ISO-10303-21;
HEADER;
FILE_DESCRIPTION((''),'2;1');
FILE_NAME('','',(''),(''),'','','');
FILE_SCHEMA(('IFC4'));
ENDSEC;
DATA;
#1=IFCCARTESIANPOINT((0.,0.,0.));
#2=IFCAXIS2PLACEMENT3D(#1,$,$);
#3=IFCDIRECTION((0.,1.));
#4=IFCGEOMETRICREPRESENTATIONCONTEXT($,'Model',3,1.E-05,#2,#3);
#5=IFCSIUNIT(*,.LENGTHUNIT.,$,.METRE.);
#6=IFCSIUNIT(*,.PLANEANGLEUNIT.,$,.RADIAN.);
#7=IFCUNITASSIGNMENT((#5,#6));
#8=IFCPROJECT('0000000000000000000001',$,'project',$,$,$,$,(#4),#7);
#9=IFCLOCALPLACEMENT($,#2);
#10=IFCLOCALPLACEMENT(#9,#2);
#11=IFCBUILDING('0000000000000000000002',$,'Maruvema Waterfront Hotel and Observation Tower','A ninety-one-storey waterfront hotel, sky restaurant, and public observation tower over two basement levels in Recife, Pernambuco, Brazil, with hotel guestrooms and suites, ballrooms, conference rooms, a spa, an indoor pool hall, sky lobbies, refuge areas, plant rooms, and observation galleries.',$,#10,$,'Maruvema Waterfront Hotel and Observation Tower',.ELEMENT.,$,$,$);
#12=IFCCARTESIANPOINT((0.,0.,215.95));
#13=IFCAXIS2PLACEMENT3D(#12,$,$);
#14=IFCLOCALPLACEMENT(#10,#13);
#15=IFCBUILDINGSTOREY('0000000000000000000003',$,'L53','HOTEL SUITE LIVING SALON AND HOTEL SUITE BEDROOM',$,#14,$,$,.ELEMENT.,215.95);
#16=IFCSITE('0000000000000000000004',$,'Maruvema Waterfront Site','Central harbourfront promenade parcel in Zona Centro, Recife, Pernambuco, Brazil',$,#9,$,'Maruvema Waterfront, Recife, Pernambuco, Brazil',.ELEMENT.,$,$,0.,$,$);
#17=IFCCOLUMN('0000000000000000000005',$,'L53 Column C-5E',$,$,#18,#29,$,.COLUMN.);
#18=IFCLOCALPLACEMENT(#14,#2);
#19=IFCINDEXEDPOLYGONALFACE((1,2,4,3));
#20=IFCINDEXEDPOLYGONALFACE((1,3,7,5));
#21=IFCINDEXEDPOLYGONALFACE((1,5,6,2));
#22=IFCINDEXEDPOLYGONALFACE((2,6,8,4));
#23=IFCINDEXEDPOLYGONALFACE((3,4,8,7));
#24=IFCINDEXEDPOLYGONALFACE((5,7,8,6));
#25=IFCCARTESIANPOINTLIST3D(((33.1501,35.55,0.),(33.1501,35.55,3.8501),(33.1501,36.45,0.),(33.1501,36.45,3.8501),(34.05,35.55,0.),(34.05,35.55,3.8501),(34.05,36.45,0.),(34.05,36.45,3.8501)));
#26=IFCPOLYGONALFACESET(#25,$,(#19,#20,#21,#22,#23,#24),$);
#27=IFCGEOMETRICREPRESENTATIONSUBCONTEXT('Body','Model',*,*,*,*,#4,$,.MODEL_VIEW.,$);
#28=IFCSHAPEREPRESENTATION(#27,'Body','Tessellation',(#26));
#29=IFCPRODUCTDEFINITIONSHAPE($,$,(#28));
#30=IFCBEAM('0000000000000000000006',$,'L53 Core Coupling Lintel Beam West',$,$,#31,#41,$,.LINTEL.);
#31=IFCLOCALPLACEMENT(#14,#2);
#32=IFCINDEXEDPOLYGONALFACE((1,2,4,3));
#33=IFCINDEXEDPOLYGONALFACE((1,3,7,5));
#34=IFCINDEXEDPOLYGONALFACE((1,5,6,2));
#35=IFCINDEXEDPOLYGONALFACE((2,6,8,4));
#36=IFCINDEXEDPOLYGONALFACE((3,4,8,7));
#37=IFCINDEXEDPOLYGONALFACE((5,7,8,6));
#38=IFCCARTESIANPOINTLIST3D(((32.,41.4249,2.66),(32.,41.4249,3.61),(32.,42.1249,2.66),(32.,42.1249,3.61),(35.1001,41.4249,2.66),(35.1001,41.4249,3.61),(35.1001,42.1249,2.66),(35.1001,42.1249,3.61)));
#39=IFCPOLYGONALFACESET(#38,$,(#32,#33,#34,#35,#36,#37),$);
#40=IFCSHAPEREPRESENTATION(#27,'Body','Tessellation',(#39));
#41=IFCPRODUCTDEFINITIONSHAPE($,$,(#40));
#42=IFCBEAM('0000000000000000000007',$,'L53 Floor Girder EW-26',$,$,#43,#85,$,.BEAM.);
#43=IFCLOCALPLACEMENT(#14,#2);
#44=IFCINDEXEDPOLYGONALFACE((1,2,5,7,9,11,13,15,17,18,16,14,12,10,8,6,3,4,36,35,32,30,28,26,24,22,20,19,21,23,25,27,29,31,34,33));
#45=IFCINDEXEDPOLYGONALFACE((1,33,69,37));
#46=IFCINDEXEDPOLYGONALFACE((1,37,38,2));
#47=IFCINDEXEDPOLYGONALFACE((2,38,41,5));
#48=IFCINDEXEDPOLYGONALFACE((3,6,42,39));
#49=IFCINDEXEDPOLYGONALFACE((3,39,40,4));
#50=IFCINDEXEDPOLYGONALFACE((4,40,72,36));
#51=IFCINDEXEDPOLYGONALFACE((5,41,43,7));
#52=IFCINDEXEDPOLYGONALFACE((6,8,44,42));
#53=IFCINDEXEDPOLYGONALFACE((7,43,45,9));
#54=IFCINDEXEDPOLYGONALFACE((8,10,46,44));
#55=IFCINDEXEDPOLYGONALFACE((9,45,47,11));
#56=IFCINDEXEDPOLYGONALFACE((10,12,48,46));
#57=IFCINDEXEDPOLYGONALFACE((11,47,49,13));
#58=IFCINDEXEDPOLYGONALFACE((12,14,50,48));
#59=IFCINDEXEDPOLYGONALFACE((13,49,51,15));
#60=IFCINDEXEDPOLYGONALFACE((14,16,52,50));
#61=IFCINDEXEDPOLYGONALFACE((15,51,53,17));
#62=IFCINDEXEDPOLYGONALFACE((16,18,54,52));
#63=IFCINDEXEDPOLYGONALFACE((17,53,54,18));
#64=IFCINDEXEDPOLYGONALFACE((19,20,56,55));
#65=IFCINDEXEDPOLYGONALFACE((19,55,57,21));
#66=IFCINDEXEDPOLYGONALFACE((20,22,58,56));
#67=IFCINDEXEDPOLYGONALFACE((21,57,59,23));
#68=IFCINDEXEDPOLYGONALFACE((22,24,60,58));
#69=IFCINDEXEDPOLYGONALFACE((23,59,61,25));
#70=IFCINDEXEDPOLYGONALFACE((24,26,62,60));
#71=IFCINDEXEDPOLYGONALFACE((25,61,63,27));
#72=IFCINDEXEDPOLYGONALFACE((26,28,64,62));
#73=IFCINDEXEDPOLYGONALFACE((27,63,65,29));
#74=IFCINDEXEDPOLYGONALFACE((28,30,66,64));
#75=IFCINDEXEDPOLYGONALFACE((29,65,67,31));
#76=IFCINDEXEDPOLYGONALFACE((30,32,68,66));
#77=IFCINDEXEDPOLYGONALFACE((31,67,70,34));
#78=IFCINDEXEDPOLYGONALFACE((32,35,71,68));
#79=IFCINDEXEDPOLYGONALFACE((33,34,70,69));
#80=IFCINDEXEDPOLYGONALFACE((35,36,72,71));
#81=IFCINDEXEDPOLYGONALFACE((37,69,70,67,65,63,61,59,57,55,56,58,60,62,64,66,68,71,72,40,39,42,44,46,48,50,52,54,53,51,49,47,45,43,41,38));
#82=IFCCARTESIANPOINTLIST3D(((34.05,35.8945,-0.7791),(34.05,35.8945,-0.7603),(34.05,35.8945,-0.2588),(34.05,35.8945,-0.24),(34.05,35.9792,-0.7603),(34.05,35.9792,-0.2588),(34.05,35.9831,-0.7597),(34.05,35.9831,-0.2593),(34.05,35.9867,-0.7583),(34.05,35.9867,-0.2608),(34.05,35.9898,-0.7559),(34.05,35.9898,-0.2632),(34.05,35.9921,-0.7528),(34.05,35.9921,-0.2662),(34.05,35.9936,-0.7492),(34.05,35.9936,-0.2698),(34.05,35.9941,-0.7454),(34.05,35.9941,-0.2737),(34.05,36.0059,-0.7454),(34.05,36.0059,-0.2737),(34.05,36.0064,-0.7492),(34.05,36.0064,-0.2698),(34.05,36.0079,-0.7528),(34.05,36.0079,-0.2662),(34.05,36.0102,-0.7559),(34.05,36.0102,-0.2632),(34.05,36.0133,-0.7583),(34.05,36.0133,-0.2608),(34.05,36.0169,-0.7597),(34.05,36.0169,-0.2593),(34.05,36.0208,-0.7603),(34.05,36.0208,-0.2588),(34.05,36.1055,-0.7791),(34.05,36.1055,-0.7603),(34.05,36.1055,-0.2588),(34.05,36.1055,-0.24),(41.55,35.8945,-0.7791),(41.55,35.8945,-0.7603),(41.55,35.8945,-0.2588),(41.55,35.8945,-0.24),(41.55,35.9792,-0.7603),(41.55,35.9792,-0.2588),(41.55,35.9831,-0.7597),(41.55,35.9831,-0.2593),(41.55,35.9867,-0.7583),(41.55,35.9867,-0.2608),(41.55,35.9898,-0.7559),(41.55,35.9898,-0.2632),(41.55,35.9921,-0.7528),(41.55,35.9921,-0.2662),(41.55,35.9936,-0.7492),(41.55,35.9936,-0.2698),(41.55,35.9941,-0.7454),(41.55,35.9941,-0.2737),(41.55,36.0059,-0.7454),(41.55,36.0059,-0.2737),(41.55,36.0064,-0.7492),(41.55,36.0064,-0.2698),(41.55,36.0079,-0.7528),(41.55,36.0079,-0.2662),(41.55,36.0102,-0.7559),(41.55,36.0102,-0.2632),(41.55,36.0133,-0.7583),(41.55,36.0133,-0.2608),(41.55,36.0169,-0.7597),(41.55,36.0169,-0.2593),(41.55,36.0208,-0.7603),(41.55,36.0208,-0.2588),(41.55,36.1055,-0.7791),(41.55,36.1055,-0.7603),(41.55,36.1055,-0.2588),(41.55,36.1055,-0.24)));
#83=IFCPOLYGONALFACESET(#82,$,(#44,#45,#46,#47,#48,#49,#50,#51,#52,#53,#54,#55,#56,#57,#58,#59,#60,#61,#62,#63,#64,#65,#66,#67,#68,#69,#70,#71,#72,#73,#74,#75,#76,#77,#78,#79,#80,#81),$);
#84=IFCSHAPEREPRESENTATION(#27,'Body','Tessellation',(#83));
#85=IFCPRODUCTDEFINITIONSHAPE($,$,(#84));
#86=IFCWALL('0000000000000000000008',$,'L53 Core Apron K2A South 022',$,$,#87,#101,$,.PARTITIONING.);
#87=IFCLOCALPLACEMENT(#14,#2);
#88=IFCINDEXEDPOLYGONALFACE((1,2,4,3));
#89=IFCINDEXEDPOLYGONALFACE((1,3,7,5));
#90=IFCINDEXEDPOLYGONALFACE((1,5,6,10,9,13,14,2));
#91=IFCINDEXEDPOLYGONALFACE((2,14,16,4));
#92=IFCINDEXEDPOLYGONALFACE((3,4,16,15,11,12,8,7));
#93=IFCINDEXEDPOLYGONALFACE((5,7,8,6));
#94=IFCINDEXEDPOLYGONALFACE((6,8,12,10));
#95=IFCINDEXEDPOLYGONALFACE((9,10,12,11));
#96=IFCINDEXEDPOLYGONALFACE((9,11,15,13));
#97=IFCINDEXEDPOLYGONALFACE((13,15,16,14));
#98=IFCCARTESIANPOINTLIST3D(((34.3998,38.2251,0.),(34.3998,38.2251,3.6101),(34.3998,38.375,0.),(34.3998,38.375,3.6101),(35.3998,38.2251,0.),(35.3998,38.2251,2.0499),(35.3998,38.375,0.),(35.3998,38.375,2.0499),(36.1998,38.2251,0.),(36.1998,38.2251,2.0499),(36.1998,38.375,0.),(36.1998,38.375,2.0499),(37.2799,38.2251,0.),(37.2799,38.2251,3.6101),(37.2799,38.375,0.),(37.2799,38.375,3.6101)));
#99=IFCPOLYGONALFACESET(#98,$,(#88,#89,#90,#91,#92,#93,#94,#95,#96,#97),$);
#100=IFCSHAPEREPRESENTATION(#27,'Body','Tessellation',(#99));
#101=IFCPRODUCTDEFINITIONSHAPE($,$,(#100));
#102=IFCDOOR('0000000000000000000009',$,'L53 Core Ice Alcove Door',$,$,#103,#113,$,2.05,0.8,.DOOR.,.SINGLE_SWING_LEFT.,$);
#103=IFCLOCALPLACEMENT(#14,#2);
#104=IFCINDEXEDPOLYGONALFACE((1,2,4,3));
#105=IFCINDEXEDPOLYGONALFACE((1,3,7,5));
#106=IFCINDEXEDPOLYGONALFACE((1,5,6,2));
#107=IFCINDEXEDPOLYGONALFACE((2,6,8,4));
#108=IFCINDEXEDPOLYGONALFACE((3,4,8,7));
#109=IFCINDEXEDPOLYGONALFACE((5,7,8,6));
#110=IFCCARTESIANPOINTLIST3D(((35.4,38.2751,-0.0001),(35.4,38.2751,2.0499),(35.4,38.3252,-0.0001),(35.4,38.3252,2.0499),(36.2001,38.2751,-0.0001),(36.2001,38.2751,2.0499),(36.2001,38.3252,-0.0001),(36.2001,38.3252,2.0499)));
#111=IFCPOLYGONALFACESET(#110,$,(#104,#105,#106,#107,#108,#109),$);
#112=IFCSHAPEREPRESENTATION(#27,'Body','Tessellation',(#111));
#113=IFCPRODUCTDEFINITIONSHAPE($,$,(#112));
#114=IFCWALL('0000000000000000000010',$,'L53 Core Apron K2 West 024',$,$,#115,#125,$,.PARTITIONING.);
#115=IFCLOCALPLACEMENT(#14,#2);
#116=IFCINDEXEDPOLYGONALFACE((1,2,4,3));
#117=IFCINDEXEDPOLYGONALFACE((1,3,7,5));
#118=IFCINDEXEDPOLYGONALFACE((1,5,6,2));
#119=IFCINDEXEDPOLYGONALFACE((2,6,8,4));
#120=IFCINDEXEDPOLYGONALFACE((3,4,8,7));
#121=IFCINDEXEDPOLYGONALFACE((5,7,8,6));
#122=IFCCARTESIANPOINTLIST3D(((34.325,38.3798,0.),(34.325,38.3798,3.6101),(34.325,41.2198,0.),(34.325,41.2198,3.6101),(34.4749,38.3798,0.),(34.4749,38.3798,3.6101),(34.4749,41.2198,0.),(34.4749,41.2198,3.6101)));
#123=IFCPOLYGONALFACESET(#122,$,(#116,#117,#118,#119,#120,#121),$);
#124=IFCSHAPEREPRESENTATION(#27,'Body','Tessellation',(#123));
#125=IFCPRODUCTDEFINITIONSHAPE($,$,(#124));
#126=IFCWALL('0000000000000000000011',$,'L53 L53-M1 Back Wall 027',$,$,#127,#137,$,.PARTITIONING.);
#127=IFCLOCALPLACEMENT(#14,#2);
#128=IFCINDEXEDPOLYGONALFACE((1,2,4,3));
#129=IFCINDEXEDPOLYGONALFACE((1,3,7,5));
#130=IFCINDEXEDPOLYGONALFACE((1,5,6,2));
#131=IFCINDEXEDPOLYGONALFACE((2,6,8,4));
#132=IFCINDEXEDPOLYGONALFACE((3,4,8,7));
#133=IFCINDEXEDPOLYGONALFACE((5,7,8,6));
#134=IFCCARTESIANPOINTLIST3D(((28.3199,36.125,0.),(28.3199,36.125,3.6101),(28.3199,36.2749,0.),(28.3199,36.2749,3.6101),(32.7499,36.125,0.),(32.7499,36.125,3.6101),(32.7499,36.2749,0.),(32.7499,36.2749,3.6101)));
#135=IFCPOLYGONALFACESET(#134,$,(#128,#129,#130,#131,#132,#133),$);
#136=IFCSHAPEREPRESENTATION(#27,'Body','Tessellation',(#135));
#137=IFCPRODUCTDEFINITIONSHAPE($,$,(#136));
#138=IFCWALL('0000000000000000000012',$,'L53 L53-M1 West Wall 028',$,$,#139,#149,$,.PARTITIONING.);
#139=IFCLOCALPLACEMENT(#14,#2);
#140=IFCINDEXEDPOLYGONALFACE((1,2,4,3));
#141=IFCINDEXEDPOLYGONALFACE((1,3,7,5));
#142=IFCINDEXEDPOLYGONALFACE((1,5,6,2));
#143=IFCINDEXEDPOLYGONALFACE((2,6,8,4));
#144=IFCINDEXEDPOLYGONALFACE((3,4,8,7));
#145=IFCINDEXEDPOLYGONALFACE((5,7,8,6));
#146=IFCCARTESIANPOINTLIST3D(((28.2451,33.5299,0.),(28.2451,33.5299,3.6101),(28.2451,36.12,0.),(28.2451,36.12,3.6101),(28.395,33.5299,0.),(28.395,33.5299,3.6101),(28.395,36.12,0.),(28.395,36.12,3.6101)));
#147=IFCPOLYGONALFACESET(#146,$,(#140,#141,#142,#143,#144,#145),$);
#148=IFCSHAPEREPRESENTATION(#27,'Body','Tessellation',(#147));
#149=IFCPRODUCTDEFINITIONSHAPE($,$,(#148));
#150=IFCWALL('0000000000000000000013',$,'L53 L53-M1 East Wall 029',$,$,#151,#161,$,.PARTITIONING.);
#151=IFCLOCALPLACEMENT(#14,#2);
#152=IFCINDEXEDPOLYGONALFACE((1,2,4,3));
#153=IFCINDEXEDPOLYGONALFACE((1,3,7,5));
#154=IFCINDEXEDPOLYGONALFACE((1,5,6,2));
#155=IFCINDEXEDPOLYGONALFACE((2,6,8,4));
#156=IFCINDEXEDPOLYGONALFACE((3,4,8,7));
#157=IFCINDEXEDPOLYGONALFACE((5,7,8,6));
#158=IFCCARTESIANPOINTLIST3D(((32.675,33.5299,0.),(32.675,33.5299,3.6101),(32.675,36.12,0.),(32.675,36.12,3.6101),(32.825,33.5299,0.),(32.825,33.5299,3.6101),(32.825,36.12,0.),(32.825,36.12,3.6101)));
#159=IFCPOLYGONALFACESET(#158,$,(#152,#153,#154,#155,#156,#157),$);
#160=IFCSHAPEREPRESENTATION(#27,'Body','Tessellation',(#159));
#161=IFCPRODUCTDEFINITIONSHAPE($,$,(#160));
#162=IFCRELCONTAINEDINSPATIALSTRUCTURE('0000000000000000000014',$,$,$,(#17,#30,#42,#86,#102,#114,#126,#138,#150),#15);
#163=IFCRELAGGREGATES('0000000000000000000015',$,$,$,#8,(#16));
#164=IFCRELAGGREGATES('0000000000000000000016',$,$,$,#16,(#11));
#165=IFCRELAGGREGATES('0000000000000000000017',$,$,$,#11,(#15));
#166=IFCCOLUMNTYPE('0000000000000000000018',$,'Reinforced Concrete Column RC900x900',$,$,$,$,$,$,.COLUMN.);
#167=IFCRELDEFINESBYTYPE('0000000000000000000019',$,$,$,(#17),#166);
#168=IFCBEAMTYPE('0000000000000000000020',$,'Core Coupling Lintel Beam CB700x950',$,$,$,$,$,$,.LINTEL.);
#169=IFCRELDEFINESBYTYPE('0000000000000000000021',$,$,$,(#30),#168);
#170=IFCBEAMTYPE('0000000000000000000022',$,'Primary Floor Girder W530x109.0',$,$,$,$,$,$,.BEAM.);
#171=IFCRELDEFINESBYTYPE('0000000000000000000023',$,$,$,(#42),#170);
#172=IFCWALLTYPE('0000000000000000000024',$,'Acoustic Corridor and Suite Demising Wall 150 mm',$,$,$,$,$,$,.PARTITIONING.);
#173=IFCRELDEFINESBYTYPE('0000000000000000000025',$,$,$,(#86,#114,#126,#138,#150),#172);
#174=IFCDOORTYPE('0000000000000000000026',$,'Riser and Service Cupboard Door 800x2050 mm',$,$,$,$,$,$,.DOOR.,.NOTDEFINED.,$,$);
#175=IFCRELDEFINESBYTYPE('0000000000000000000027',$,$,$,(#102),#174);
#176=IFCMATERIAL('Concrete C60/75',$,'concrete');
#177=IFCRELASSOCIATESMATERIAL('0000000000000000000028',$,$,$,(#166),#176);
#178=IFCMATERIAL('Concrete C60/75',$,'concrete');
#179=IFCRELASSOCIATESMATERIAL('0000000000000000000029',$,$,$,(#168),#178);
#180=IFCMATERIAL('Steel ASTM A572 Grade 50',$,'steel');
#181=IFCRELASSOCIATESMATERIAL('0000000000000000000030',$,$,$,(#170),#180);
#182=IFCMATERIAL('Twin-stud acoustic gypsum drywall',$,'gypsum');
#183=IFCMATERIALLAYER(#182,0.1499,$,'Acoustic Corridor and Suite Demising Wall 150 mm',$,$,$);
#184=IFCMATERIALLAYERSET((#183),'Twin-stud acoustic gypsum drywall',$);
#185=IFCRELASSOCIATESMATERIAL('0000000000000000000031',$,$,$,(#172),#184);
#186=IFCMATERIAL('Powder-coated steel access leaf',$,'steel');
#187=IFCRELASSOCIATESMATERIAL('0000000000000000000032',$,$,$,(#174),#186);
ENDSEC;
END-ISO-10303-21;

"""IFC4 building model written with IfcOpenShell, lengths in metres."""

from ifc_helpers import new_model, si_unit, direction, frame, frame_2d, origin, origin_2d, place, context, subcontext, project, spatial, rectangle, i_section, extrude, material, layer, layer_set, material_profile, profile_set, type_object, element, fill, save


model = new_model("IFC4")

# Units and contexts
model_context = context("Model", 3, precision=1e-05, world=origin(), true_north=direction((0.0, 1.0)))
body_context = subcontext(model_context, "Body", "Model", "MODEL_VIEW")
ifc_project = project(units=[si_unit("LENGTHUNIT", "METRE"), si_unit("PLANEANGLEUNIT", "RADIAN")], contexts=[model_context])

# Site, building, storey
site_placement = place(None, origin())
site = spatial("IfcSite", under=ifc_project, at=site_placement, Name="Maruvema Waterfront Site", Description="Central harbourfront promenade parcel in Zona Centro, Recife, Pernambuco, Brazil", LongName="Maruvema Waterfront, Recife, Pernambuco, Brazil", CompositionType="ELEMENT", RefElevation=0.0)
building_placement = place(site_placement, origin())
building = spatial("IfcBuilding", under=site, at=building_placement, Name="Maruvema Waterfront Hotel and Observation Tower", Description="A ninety-one-storey waterfront hotel, sky restaurant, and public observation tower over two basement levels in Recife, Pernambuco, Brazil, with hotel guestrooms and suites, ballrooms, conference rooms, a spa, an indoor pool hall, sky lobbies, refuge areas, plant rooms, and observation galleries.", LongName="Maruvema Waterfront Hotel and Observation Tower", CompositionType="ELEMENT")
storey_placement = place(building_placement, frame((0.0, 0.0, 215.95)))
storey = spatial("IfcBuildingStorey", under=building, at=storey_placement, Name="L53", Description="HOTEL SUITE LIVING SALON AND HOTEL SUITE BEDROOM", CompositionType="ELEMENT", Elevation=215.95)

# Column
ifc_material_1 = material(Name="Concrete C60/75", Category="concrete")
ifc_material_profile_1 = material_profile(ifc_material_1, rectangle(XDim=0.8999, YDim=0.8999, at=origin_2d()), Name="RC900x900")
ifc_profile_set_1 = profile_set([ifc_material_profile_1], Name="Concrete C60/75")
column_type = type_object("IfcColumnType", Name="Reinforced Concrete Column RC900x900", PredefinedType="COLUMN", material=ifc_profile_set_1)
column_placement = place(storey_placement, frame((33.6001, 36.0, 0.0), z_axis=(0.0, 0.0, 1.0), x_axis=(1.0, 0.0, 0.0)))
element("IfcColumn", 1, at=column_placement, inside=storey, type_object=column_type, Name="L53 Column C-5E", PredefinedType="COLUMN", context=body_context, shape_type="SweptSolid", body=[
    extrude(rectangle(XDim=0.8999, YDim=0.8999, at=origin_2d()), origin(), (0.0, 0.0, 1.0), 3.8501),
])

# Beams
ifc_material_2 = material(Name="Concrete C60/75", Category="concrete")
ifc_material_profile_2 = material_profile(ifc_material_2, rectangle(XDim=0.7, YDim=0.95, at=origin_2d()), Name="CB700x950")
ifc_profile_set_2 = profile_set([ifc_material_profile_2], Name="Concrete C60/75")
beam_type_1 = type_object("IfcBeamType", Name="Core Coupling Lintel Beam CB700x950", PredefinedType="LINTEL", material=ifc_profile_set_2)
beam_1_placement = place(storey_placement, frame((32.0, 41.7749, 3.135), z_axis=(1.0, 0.0, 0.0), x_axis=(0.0, 1.0, 0.0)))
element("IfcBeam", 2, at=beam_1_placement, inside=storey, type_object=beam_type_1, Name="L53 Core Coupling Lintel Beam West", PredefinedType="LINTEL", context=body_context, shape_type="SweptSolid", body=[
    extrude(rectangle(XDim=0.7, YDim=0.95, at=origin_2d()), origin(), (0.0, 0.0, 1.0), 3.1001),
])
ifc_material_3 = material(Name="Steel ASTM A572 Grade 50", Category="steel")
ifc_material_profile_3 = material_profile(ifc_material_3, i_section(OverallWidth=0.2109, OverallDepth=0.5391, WebThickness=0.0117, FlangeThickness=0.0188, FilletRadius=0.0149, at=origin_2d()), Name="W530x109.0")
ifc_profile_set_3 = profile_set([ifc_material_profile_3], Name="Steel ASTM A572 Grade 50")
beam_type_2 = type_object("IfcBeamType", Name="Primary Floor Girder W530x109.0", PredefinedType="BEAM", material=ifc_profile_set_3)
beam_2_placement = place(storey_placement, frame((34.05, 36.0, -0.5095), z_axis=(1.0, 0.0, 0.0), x_axis=(0.0, 1.0, 0.0)))
element("IfcBeam", 3, at=beam_2_placement, inside=storey, type_object=beam_type_2, Name="L53 Floor Girder EW-26", PredefinedType="BEAM", context=body_context, shape_type="SweptSolid", body=[
    extrude(i_section(OverallWidth=0.2109, OverallDepth=0.5391, WebThickness=0.0117, FlangeThickness=0.0188, FilletRadius=0.0149, at=origin_2d()), origin(), (0.0, 0.0, 1.0), 7.5),
])

# Wall, opening, door
ifc_material_4 = material(Name="Twin-stud acoustic gypsum drywall", Category="gypsum")
ifc_layer_1 = layer(ifc_material_4, 0.1499, Name="Acoustic Corridor and Suite Demising Wall 150 mm")
ifc_layer_set_1 = layer_set([ifc_layer_1], Name="Twin-stud acoustic gypsum drywall")
wall_type_1 = type_object("IfcWallType", Name="Acoustic Corridor and Suite Demising Wall 150 mm", PredefinedType="PARTITIONING", material=ifc_layer_set_1)
wall_1_placement = place(storey_placement, frame((34.3999, 38.3, 0.0), z_axis=(0.0, 0.0, 1.0), x_axis=(1.0, 0.0, 0.0)))
wall_1 = element("IfcWall", 4, at=wall_1_placement, inside=storey, type_object=wall_type_1, Name="L53 Core Apron K2A South 022", PredefinedType="PARTITIONING", context=body_context, shape_type="SweptSolid", body=[
    extrude(rectangle(XDim=2.8801, YDim=0.1499, at=frame_2d((1.4399, 0.0))), origin(), (0.0, 0.0, 1.0), 3.6101),
])
opening_1_placement = place(wall_1_placement, frame((1.0, 0.0, 0.0)))
opening_1 = element("IfcOpeningElement", 5, at=opening_1_placement, cuts=wall_1, PredefinedType="OPENING", context=body_context, shape_type="SweptSolid", body=[
    extrude(rectangle(XDim=0.8, YDim=2.05, at=frame_2d((0.3999, 1.0249))), frame((0.0, 0.085, 0.0), z_axis=(0.0, -1.0, 0.0), x_axis=(1.0, 0.0, 0.0)), (0.0, 0.0, 1.0), 0.1699),
])
ifc_material_5 = material(Name="Powder-coated steel access leaf", Category="steel")
door_type_1 = type_object("IfcDoorType", Name="Riser and Service Cupboard Door 800x2050 mm", OperationType="NOTDEFINED", PredefinedType="DOOR", material=ifc_material_5)
door_1_placement = place(opening_1_placement, frame((0.8, 0.0, 0.0), z_axis=(0.0, 0.0, 1.0), x_axis=(-1.0, 0.0, 0.0)))
door_1 = element("IfcDoor", 6, at=door_1_placement, inside=storey, type_object=door_type_1, Name="L53 Core Ice Alcove Door", OperationType="SINGLE_SWING_LEFT", OverallHeight=2.05, OverallWidth=0.8, PredefinedType="DOOR", context=body_context, shape_type="SweptSolid", body=[
    extrude(rectangle(XDim=0.8, YDim=2.05, at=frame_2d((0.3999, 1.0249))), frame((0.0, 0.0249, 0.0), z_axis=(0.0, -1.0, 0.0), x_axis=(1.0, 0.0, 0.0)), (0.0, 0.0, 1.0), 0.05),
])
fill(opening_1, door_1)

# Walls
wall_2_placement = place(storey_placement, frame((34.3999, 38.3799, 0.0), z_axis=(0.0, 0.0, 1.0), x_axis=(0.0, 1.0, 0.0)))
element("IfcWall", 7, at=wall_2_placement, inside=storey, type_object=wall_type_1, Name="L53 Core Apron K2 West 024", PredefinedType="PARTITIONING", context=body_context, shape_type="SweptSolid", body=[
    extrude(rectangle(XDim=2.8401, YDim=0.1499, at=frame_2d((1.4199, 0.0))), origin(), (0.0, 0.0, 1.0), 3.6101),
])
wall_3_placement = place(storey_placement, frame((28.3201, 36.2, 0.0), z_axis=(0.0, 0.0, 1.0), x_axis=(1.0, 0.0, 0.0)))
element("IfcWall", 8, at=wall_3_placement, inside=storey, type_object=wall_type_1, Name="L53 L53-M1 Back Wall 027", PredefinedType="PARTITIONING", context=body_context, shape_type="SweptSolid", body=[
    extrude(rectangle(XDim=4.4299, YDim=0.1499, at=frame_2d((2.2148, 0.0))), origin(), (0.0, 0.0, 1.0), 3.6101),
])
for number, where, z_axis, x_axis, name in (
    (9, (28.3201, 33.53, 0.0), (0.0, 0.0, 1.0), (0.0, 1.0, 0.0), "L53 L53-M1 West Wall 028"),
    (10, (32.75, 33.53, 0.0), (0.0, 0.0, 1.0), (0.0, 1.0, 0.0), "L53 L53-M1 East Wall 029"),
):
    element("IfcWall", number, at=place(storey_placement, frame(where, z_axis=z_axis, x_axis=x_axis)), inside=storey, type_object=wall_type_1, Name=name, PredefinedType="PARTITIONING", context=body_context, shape_type="SweptSolid", body=[
        extrude(rectangle(XDim=2.5901, YDim=0.1499, at=frame_2d((1.2949, 0.0))), origin(), (0.0, 0.0, 1.0), 3.6101),
    ])

save(model, "model.ifc")
